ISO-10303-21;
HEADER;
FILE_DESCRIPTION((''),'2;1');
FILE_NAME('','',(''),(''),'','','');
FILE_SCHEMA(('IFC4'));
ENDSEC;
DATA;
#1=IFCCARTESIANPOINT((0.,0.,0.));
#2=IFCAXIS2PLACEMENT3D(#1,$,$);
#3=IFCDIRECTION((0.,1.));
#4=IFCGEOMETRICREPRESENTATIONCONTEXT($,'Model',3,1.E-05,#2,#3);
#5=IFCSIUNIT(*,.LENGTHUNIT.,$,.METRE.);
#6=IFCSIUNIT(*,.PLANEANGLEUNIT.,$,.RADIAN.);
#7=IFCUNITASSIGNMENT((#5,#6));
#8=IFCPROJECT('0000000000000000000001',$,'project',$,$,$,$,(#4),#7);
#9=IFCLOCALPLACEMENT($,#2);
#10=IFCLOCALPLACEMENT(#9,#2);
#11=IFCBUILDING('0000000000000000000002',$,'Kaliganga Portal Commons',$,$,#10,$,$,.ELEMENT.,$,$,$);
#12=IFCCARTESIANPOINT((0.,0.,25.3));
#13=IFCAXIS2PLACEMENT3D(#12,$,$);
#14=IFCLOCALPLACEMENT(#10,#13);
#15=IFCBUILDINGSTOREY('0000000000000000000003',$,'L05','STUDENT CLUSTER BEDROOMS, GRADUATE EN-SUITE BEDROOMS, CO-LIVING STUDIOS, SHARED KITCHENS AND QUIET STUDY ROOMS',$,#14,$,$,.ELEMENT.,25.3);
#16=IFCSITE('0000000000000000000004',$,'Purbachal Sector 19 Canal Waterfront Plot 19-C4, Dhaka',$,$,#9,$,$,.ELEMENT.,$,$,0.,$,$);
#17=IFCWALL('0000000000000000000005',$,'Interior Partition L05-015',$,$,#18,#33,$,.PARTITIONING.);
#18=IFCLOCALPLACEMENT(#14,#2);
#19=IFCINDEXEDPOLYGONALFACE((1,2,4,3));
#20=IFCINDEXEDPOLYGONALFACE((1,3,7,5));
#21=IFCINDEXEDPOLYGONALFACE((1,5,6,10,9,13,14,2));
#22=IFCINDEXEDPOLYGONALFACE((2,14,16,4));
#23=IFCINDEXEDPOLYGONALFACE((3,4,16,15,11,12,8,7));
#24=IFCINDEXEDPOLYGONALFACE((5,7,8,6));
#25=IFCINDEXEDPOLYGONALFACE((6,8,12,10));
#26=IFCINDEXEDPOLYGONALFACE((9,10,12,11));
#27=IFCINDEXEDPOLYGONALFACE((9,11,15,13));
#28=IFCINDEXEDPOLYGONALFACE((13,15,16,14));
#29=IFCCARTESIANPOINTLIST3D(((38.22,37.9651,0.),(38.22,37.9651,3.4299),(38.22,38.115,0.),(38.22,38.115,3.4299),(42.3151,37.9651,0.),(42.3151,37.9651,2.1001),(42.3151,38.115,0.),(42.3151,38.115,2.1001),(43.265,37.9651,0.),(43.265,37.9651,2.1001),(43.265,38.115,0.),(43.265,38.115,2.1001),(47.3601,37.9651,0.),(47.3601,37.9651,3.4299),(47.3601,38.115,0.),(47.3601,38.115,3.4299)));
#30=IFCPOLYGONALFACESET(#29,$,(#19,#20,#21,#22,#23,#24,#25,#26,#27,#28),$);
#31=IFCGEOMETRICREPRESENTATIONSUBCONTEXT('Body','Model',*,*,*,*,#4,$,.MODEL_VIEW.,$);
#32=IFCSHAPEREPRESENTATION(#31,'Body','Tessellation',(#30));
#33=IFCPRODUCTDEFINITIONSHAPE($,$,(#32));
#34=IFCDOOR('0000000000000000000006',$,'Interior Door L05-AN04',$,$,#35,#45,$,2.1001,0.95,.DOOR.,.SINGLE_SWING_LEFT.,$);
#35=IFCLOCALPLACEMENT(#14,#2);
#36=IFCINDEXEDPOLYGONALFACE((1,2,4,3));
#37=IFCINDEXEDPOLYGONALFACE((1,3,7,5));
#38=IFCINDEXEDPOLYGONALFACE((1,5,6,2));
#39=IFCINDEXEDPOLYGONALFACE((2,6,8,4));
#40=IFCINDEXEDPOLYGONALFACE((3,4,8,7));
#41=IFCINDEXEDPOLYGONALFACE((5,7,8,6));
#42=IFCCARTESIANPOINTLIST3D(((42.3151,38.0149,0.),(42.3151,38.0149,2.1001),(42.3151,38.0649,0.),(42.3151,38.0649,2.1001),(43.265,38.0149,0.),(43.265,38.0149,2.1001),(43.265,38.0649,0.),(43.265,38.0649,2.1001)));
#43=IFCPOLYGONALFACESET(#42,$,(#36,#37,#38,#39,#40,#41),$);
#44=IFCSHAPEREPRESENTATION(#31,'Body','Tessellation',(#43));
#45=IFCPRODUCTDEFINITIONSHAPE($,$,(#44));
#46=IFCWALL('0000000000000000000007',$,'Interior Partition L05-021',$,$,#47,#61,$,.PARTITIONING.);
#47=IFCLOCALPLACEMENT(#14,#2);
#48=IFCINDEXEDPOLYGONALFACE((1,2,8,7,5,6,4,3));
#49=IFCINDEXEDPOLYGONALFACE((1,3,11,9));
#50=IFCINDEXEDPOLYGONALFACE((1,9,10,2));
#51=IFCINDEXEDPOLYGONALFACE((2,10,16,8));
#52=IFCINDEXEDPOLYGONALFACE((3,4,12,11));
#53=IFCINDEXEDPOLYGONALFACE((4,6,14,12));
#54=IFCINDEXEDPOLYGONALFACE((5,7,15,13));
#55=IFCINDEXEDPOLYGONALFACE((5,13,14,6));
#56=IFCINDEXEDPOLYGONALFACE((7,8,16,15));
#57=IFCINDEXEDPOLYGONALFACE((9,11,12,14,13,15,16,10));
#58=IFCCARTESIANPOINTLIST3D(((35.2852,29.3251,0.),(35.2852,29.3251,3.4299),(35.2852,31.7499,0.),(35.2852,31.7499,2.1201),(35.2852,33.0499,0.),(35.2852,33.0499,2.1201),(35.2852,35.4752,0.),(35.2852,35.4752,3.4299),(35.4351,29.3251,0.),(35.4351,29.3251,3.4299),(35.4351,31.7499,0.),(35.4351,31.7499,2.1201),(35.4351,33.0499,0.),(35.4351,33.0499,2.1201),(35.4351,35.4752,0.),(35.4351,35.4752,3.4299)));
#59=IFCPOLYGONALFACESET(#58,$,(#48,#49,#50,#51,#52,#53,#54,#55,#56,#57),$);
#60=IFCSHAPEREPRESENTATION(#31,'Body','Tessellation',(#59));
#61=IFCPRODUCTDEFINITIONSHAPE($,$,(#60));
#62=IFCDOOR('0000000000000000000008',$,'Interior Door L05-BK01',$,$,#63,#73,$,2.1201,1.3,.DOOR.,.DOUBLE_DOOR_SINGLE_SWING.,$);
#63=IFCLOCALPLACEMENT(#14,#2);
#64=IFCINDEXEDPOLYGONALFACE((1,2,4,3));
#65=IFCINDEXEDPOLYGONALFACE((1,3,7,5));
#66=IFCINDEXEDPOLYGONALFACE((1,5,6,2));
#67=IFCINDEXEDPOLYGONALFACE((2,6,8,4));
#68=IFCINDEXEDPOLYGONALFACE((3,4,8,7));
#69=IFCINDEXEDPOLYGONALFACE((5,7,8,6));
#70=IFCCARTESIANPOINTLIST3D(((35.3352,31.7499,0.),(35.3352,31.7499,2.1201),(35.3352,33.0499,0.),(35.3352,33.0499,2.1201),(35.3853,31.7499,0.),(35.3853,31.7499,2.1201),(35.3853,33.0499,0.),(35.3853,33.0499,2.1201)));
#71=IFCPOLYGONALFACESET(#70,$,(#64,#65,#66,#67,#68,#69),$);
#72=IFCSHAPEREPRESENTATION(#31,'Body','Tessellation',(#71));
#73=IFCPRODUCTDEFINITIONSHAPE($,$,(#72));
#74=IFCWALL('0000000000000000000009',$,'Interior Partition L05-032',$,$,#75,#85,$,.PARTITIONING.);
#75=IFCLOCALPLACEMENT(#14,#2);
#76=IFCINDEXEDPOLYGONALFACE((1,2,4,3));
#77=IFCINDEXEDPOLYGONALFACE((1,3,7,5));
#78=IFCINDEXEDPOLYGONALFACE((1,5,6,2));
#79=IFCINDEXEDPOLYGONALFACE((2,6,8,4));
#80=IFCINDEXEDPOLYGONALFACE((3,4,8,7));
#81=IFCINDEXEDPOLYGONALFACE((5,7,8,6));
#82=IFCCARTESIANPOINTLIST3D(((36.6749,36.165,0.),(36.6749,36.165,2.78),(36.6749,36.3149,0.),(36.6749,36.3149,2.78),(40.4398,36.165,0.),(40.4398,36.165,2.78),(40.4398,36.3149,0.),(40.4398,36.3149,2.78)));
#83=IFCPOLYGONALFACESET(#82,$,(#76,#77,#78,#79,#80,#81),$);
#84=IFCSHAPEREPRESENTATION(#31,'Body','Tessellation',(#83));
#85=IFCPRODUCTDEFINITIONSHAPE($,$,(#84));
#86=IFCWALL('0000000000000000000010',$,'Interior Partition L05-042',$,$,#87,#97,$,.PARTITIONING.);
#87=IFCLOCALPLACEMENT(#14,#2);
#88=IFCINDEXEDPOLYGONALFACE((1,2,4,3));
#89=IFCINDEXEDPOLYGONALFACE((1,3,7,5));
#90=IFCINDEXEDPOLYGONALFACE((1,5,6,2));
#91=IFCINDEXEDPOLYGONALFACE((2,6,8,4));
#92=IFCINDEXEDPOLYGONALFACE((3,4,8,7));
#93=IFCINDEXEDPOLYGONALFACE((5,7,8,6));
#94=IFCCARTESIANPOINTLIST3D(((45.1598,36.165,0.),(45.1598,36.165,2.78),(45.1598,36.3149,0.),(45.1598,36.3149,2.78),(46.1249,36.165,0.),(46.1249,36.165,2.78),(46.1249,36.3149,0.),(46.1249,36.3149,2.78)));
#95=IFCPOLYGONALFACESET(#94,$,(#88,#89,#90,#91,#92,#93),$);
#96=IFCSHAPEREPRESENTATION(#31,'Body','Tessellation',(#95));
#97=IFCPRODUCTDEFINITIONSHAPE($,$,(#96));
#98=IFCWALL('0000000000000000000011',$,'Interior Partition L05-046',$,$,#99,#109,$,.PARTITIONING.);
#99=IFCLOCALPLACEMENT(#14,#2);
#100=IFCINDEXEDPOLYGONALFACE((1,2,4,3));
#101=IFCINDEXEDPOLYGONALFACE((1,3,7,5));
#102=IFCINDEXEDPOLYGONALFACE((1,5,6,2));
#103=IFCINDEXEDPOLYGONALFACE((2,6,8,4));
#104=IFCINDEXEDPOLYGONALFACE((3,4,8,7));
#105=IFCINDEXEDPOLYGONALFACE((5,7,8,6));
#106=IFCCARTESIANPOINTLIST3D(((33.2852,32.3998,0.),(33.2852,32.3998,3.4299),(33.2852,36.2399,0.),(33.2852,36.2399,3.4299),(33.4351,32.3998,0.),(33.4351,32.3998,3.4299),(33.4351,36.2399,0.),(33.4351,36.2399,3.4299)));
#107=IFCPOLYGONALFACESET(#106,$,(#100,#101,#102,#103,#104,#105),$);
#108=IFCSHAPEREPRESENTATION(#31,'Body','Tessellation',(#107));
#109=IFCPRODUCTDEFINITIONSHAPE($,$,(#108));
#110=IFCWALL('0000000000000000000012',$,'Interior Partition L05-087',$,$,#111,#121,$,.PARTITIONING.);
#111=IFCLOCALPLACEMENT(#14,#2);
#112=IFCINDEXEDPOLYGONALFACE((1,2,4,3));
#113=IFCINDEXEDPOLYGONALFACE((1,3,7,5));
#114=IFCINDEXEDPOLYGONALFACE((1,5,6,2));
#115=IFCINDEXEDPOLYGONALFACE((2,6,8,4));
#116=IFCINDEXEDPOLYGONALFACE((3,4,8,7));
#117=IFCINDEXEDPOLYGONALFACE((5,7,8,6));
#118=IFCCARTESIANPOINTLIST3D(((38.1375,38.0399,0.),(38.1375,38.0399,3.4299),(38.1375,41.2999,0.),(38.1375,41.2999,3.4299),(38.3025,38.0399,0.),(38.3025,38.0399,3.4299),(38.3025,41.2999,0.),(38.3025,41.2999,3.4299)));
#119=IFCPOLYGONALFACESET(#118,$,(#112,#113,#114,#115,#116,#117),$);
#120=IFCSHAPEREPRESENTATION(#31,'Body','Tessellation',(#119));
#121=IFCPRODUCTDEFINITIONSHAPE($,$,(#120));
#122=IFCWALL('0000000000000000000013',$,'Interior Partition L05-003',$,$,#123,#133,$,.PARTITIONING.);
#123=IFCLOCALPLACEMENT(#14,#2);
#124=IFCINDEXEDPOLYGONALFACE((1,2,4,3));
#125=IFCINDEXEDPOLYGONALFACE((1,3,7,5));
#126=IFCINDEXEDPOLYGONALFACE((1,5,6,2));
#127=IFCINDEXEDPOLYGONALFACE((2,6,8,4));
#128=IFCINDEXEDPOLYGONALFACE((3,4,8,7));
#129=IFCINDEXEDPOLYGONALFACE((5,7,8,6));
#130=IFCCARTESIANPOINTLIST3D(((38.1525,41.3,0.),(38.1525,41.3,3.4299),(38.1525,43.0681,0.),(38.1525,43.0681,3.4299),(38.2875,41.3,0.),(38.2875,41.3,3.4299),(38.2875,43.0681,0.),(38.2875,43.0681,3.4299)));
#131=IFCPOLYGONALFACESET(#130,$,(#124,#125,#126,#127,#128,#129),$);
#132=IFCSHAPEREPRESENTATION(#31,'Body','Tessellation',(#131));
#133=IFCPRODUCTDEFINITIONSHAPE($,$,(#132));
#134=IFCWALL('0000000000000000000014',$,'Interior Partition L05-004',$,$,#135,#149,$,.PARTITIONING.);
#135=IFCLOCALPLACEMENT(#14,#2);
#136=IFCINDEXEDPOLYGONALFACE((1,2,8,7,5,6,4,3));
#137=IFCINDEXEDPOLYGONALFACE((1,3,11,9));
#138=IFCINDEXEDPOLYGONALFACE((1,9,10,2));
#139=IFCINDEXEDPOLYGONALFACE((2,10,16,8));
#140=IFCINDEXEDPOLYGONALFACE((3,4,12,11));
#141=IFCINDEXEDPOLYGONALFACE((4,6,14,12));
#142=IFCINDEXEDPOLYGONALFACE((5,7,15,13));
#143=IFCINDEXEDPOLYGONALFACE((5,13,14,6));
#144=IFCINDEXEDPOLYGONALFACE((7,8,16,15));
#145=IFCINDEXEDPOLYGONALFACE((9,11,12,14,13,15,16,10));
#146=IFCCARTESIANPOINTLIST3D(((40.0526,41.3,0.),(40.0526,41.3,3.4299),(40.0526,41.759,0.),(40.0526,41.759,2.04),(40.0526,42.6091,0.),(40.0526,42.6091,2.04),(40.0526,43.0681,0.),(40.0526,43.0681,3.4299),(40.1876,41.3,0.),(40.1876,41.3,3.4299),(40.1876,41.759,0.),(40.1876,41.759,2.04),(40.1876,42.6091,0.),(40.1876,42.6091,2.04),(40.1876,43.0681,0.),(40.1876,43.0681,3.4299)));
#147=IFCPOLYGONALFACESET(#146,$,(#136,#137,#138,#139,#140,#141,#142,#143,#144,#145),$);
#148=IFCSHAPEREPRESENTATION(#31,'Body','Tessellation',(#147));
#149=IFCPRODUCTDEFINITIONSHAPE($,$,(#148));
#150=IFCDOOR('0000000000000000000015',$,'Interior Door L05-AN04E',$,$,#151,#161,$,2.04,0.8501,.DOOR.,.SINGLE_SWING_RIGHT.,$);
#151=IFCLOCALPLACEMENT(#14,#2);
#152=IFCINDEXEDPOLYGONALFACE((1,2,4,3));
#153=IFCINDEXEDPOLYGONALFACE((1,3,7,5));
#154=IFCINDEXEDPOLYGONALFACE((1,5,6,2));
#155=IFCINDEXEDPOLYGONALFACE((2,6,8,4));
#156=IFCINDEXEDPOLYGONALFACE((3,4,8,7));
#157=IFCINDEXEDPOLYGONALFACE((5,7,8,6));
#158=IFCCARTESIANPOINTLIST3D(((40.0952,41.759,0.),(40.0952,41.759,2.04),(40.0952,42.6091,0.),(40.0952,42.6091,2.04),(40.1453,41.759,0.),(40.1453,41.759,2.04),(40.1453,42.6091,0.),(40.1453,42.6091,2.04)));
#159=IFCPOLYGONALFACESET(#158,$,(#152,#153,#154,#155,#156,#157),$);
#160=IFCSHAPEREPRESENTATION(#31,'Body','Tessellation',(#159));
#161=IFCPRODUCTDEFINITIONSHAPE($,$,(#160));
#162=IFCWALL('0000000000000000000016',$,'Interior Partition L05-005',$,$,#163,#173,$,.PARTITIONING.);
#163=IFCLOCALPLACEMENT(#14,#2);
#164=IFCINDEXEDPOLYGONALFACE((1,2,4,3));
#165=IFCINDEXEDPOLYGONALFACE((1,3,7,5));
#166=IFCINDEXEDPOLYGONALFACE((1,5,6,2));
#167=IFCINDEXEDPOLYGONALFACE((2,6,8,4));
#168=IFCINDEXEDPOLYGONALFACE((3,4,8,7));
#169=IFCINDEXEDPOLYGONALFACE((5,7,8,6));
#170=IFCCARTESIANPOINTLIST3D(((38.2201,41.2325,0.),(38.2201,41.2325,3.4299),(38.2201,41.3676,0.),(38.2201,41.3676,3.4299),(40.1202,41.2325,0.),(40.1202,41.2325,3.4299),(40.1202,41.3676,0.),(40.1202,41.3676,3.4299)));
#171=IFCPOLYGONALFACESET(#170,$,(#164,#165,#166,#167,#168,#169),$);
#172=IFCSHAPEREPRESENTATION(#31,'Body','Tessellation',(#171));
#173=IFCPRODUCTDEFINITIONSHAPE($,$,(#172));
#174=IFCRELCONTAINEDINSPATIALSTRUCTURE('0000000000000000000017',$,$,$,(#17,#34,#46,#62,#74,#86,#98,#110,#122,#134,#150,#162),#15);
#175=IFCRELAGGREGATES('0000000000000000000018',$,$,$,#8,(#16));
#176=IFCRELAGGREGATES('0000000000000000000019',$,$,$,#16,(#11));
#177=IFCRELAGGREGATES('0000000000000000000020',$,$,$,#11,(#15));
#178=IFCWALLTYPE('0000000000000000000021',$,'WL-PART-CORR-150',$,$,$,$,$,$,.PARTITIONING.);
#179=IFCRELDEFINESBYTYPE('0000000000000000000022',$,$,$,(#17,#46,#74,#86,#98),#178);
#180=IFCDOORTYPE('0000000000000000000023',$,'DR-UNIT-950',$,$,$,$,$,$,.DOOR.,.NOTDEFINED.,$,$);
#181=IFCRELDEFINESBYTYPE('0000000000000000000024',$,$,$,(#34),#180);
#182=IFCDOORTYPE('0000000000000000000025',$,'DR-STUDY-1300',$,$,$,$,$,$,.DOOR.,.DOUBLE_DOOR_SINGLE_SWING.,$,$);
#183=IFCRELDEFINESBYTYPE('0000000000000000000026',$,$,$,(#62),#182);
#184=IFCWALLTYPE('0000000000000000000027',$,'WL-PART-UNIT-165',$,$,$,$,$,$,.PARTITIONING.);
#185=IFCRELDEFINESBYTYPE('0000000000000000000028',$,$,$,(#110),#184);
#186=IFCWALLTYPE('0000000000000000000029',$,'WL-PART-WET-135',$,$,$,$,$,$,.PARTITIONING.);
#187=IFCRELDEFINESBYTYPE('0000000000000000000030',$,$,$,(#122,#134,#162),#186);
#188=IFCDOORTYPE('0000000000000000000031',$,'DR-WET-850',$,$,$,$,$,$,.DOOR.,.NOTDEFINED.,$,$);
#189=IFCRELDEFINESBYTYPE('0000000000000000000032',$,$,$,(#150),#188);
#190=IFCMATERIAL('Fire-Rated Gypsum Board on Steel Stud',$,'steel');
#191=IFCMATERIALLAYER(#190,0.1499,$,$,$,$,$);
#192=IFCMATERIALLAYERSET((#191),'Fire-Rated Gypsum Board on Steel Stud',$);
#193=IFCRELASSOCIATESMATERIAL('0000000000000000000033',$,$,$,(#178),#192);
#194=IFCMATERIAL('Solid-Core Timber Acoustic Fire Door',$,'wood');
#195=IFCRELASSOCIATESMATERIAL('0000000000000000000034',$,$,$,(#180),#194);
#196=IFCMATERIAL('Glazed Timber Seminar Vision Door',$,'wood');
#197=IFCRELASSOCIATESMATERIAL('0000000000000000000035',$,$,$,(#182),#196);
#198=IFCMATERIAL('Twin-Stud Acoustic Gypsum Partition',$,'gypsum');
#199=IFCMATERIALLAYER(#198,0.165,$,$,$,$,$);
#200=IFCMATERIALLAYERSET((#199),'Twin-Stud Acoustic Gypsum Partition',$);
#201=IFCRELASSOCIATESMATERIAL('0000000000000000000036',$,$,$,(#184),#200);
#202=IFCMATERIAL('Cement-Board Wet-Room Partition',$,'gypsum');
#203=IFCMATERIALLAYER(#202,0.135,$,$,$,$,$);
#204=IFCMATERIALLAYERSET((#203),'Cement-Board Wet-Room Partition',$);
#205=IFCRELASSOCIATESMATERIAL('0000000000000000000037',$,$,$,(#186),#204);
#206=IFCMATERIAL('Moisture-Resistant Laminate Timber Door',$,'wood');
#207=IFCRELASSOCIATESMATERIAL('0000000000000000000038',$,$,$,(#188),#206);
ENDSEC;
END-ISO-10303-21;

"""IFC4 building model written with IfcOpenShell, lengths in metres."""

from ifc_helpers import new_model, si_unit, direction, frame, frame_2d, origin, place, context, subcontext, project, spatial, rectangle, extrude, material, layer, layer_set, type_object, element, fill, save


model = new_model("IFC4")

# Units and contexts
model_context = context("Model", 3, precision=1e-05, world=origin(), true_north=direction((0.0, 1.0)))
body_context = subcontext(model_context, "Body", "Model", "MODEL_VIEW")
ifc_project = project(units=[si_unit("LENGTHUNIT", "METRE"), si_unit("PLANEANGLEUNIT", "RADIAN")], contexts=[model_context])

# Site, building, storey
site_placement = place(None, origin())
site = spatial("IfcSite", under=ifc_project, at=site_placement, Name="Purbachal Sector 19 Canal Waterfront Plot 19-C4, Dhaka", CompositionType="ELEMENT", RefElevation=0.0)
building_placement = place(site_placement, origin())
building = spatial("IfcBuilding", under=site, at=building_placement, Name="Kaliganga Portal Commons", CompositionType="ELEMENT")
storey_placement = place(building_placement, frame((0.0, 0.0, 25.3)))
storey = spatial("IfcBuildingStorey", under=building, at=storey_placement, Name="L05", Description="STUDENT CLUSTER BEDROOMS, GRADUATE EN-SUITE BEDROOMS, CO-LIVING STUDIOS, SHARED KITCHENS AND QUIET STUDY ROOMS", CompositionType="ELEMENT", Elevation=25.3)

# Walls, openings, doors
ifc_material_1 = material(Name="Fire-Rated Gypsum Board on Steel Stud", Category="steel")
ifc_layer_1 = layer(ifc_material_1, 0.1499)
ifc_layer_set_1 = layer_set([ifc_layer_1], Name="Fire-Rated Gypsum Board on Steel Stud")
wall_type_1 = type_object("IfcWallType", Name="WL-PART-CORR-150", PredefinedType="PARTITIONING", material=ifc_layer_set_1)
wall_1_placement = place(storey_placement, frame((38.22, 38.04, 0.0), z_axis=(0.0, 0.0, 1.0), x_axis=(1.0, 0.0, 0.0)))
wall_1 = element("IfcWall", 1, at=wall_1_placement, inside=storey, type_object=wall_type_1, Name="Interior Partition L05-015", PredefinedType="PARTITIONING", context=body_context, shape_type="SweptSolid", body=[
    extrude(rectangle(XDim=9.1401, YDim=0.1499, at=frame_2d((4.5701, 0.0))), origin(), (0.0, 0.0, 1.0), 3.4299),
])
opening_1_placement = place(wall_1_placement, frame((4.095, 0.0, 0.0)))
opening_1 = element("IfcOpeningElement", 2, at=opening_1_placement, cuts=wall_1, PredefinedType="OPENING", context=body_context, shape_type="SweptSolid", body=[
    extrude(rectangle(XDim=0.95, YDim=2.1001, at=frame_2d((0.4751, 1.05))), frame((0.0, 0.085, 0.0), z_axis=(0.0, -1.0, 0.0), x_axis=(1.0, 0.0, 0.0)), (0.0, 0.0, 1.0), 0.1699),
])
ifc_material_2 = material(Name="Solid-Core Timber Acoustic Fire Door", Category="wood")
door_type_1 = type_object("IfcDoorType", Name="DR-UNIT-950", OperationType="NOTDEFINED", PredefinedType="DOOR", material=ifc_material_2)
door_1_placement = place(opening_1_placement, origin())
door_1 = element("IfcDoor", 3, at=door_1_placement, inside=storey, type_object=door_type_1, Name="Interior Door L05-AN04", OperationType="SINGLE_SWING_LEFT", OverallHeight=2.1001, OverallWidth=0.95, PredefinedType="DOOR", context=body_context, shape_type="SweptSolid", body=[
    extrude(rectangle(XDim=0.95, YDim=2.1001, at=frame_2d((0.4751, 1.05))), frame((0.0, 0.0249, 0.0), z_axis=(0.0, -1.0, 0.0), x_axis=(1.0, 0.0, 0.0)), (0.0, 0.0, 1.0), 0.05),
])
fill(opening_1, door_1)
wall_2_placement = place(storey_placement, frame((35.3601, 29.325, 0.0), z_axis=(0.0, 0.0, 1.0), x_axis=(0.0, 1.0, 0.0)))
wall_2 = element("IfcWall", 4, at=wall_2_placement, inside=storey, type_object=wall_type_1, Name="Interior Partition L05-021", PredefinedType="PARTITIONING", context=body_context, shape_type="SweptSolid", body=[
    extrude(rectangle(XDim=6.1501, YDim=0.1499, at=frame_2d((3.0752, 0.0))), origin(), (0.0, 0.0, 1.0), 3.4299),
])
opening_2_placement = place(wall_2_placement, frame((2.425, 0.0, 0.0)))
opening_2 = element("IfcOpeningElement", 5, at=opening_2_placement, cuts=wall_2, PredefinedType="OPENING", context=body_context, shape_type="SweptSolid", body=[
    extrude(rectangle(XDim=1.3, YDim=2.1201, at=frame_2d((0.6499, 1.0601))), frame((0.0, 0.085, 0.0), z_axis=(0.0, -1.0, 0.0), x_axis=(1.0, 0.0, 0.0)), (0.0, 0.0, 1.0), 0.1699),
])
ifc_material_3 = material(Name="Glazed Timber Seminar Vision Door", Category="wood")
door_type_2 = type_object("IfcDoorType", Name="DR-STUDY-1300", OperationType="DOUBLE_DOOR_SINGLE_SWING", PredefinedType="DOOR", material=ifc_material_3)
door_2_placement = place(opening_2_placement, origin())
door_2 = element("IfcDoor", 6, at=door_2_placement, inside=storey, type_object=door_type_2, Name="Interior Door L05-BK01", OperationType="DOUBLE_DOOR_SINGLE_SWING", OverallHeight=2.1201, OverallWidth=1.3, PredefinedType="DOOR", context=body_context, shape_type="SweptSolid", body=[
    extrude(rectangle(XDim=1.3, YDim=2.1201, at=frame_2d((0.6499, 1.0601))), frame((0.0, 0.0249, 0.0), z_axis=(0.0, -1.0, 0.0), x_axis=(1.0, 0.0, 0.0)), (0.0, 0.0, 1.0), 0.05),
])
fill(opening_2, door_2)

# Wall
wall_3_placement = place(storey_placement, frame((36.675, 36.24, 0.0), z_axis=(0.0, 0.0, 1.0), x_axis=(1.0, 0.0, 0.0)))
element("IfcWall", 7, at=wall_3_placement, inside=storey, type_object=wall_type_1, Name="Interior Partition L05-032", PredefinedType="PARTITIONING", context=body_context, shape_type="SweptSolid", body=[
    extrude(rectangle(XDim=3.7649, YDim=0.1499, at=frame_2d((1.8823, 0.0))), origin(), (0.0, 0.0, 1.0), 2.78),
])

# Walls
wall_4_placement = place(storey_placement, frame((45.1599, 36.24, 0.0), z_axis=(0.0, 0.0, 1.0), x_axis=(1.0, 0.0, 0.0)))
element("IfcWall", 8, at=wall_4_placement, inside=storey, type_object=wall_type_1, Name="Interior Partition L05-042", PredefinedType="PARTITIONING", context=body_context, shape_type="SweptSolid", body=[
    extrude(rectangle(XDim=0.9651, YDim=0.1499, at=frame_2d((0.4824, 0.0))), origin(), (0.0, 0.0, 1.0), 2.78),
])
wall_5_placement = place(storey_placement, frame((33.3601, 32.3999, 0.0), z_axis=(0.0, 0.0, 1.0), x_axis=(0.0, 1.0, 0.0)))
element("IfcWall", 9, at=wall_5_placement, inside=storey, type_object=wall_type_1, Name="Interior Partition L05-046", PredefinedType="PARTITIONING", context=body_context, shape_type="SweptSolid", body=[
    extrude(rectangle(XDim=3.8401, YDim=0.1499, at=frame_2d((1.9199, 0.0))), origin(), (0.0, 0.0, 1.0), 3.4299),
])
ifc_material_4 = material(Name="Twin-Stud Acoustic Gypsum Partition", Category="gypsum")
ifc_layer_2 = layer(ifc_material_4, 0.165)
ifc_layer_set_2 = layer_set([ifc_layer_2], Name="Twin-Stud Acoustic Gypsum Partition")
wall_type_2 = type_object("IfcWallType", Name="WL-PART-UNIT-165", PredefinedType="PARTITIONING", material=ifc_layer_set_2)
wall_6_placement = place(storey_placement, frame((38.22, 38.04, 0.0), z_axis=(0.0, 0.0, 1.0), x_axis=(0.0, 1.0, 0.0)))
element("IfcWall", 10, at=wall_6_placement, inside=storey, type_object=wall_type_2, Name="Interior Partition L05-087", PredefinedType="PARTITIONING", context=body_context, shape_type="SweptSolid", body=[
    extrude(rectangle(XDim=3.26, YDim=0.165, at=frame_2d((1.6299, 0.0))), origin(), (0.0, 0.0, 1.0), 3.4299),
])
ifc_material_5 = material(Name="Cement-Board Wet-Room Partition", Category="gypsum")
ifc_layer_3 = layer(ifc_material_5, 0.135)
ifc_layer_set_3 = layer_set([ifc_layer_3], Name="Cement-Board Wet-Room Partition")
wall_type_3 = type_object("IfcWallType", Name="WL-PART-WET-135", PredefinedType="PARTITIONING", material=ifc_layer_set_3)
wall_7_placement = place(storey_placement, frame((38.22, 41.3, 0.0), z_axis=(0.0, 0.0, 1.0), x_axis=(0.0, 1.0, 0.0)))
element("IfcWall", 11, at=wall_7_placement, inside=storey, type_object=wall_type_3, Name="Interior Partition L05-003", PredefinedType="PARTITIONING", context=body_context, shape_type="SweptSolid", body=[
    extrude(rectangle(XDim=1.7681, YDim=0.135, at=frame_2d((0.884, 0.0))), origin(), (0.0, 0.0, 1.0), 3.4299),
])

# Wall, opening, door
wall_8_placement = place(storey_placement, frame((40.1201, 41.3, 0.0), z_axis=(0.0, 0.0, 1.0), x_axis=(0.0, 1.0, 0.0)))
wall_8 = element("IfcWall", 12, at=wall_8_placement, inside=storey, type_object=wall_type_3, Name="Interior Partition L05-004", PredefinedType="PARTITIONING", context=body_context, shape_type="SweptSolid", body=[
    extrude(rectangle(XDim=1.7681, YDim=0.135, at=frame_2d((0.884, 0.0))), origin(), (0.0, 0.0, 1.0), 3.4299),
])
opening_3_placement = place(wall_8_placement, frame((0.459, 0.0, 0.0)))
opening_3 = element("IfcOpeningElement", 13, at=opening_3_placement, cuts=wall_8, PredefinedType="OPENING", context=body_context, shape_type="SweptSolid", body=[
    extrude(rectangle(XDim=0.8501, YDim=2.04, at=frame_2d((0.425, 1.02))), frame((0.0, 0.0776, 0.0), z_axis=(0.0, -1.0, 0.0), x_axis=(1.0, 0.0, 0.0)), (0.0, 0.0, 1.0), 0.155),
])
ifc_material_6 = material(Name="Moisture-Resistant Laminate Timber Door", Category="wood")
door_type_3 = type_object("IfcDoorType", Name="DR-WET-850", OperationType="NOTDEFINED", PredefinedType="DOOR", material=ifc_material_6)
door_3_placement = place(opening_3_placement, origin())
door_3 = element("IfcDoor", 14, at=door_3_placement, inside=storey, type_object=door_type_3, Name="Interior Door L05-AN04E", OperationType="SINGLE_SWING_RIGHT", OverallHeight=2.04, OverallWidth=0.8501, PredefinedType="DOOR", context=body_context, shape_type="SweptSolid", body=[
    extrude(rectangle(XDim=0.8501, YDim=2.04, at=frame_2d((0.425, 1.02))), frame((0.0, 0.0249, 0.0), z_axis=(0.0, -1.0, 0.0), x_axis=(1.0, 0.0, 0.0)), (0.0, 0.0, 1.0), 0.05),
])
fill(opening_3, door_3)

# Wall
wall_9_placement = place(storey_placement, frame((38.22, 41.3, 0.0), z_axis=(0.0, 0.0, 1.0), x_axis=(1.0, 0.0, 0.0)))
element("IfcWall", 15, at=wall_9_placement, inside=storey, type_object=wall_type_3, Name="Interior Partition L05-005", PredefinedType="PARTITIONING", context=body_context, shape_type="SweptSolid", body=[
    extrude(rectangle(XDim=1.9001, YDim=0.135, at=frame_2d((0.9502, 0.0))), origin(), (0.0, 0.0, 1.0), 3.4299),
])

save(model, "model.ifc")
